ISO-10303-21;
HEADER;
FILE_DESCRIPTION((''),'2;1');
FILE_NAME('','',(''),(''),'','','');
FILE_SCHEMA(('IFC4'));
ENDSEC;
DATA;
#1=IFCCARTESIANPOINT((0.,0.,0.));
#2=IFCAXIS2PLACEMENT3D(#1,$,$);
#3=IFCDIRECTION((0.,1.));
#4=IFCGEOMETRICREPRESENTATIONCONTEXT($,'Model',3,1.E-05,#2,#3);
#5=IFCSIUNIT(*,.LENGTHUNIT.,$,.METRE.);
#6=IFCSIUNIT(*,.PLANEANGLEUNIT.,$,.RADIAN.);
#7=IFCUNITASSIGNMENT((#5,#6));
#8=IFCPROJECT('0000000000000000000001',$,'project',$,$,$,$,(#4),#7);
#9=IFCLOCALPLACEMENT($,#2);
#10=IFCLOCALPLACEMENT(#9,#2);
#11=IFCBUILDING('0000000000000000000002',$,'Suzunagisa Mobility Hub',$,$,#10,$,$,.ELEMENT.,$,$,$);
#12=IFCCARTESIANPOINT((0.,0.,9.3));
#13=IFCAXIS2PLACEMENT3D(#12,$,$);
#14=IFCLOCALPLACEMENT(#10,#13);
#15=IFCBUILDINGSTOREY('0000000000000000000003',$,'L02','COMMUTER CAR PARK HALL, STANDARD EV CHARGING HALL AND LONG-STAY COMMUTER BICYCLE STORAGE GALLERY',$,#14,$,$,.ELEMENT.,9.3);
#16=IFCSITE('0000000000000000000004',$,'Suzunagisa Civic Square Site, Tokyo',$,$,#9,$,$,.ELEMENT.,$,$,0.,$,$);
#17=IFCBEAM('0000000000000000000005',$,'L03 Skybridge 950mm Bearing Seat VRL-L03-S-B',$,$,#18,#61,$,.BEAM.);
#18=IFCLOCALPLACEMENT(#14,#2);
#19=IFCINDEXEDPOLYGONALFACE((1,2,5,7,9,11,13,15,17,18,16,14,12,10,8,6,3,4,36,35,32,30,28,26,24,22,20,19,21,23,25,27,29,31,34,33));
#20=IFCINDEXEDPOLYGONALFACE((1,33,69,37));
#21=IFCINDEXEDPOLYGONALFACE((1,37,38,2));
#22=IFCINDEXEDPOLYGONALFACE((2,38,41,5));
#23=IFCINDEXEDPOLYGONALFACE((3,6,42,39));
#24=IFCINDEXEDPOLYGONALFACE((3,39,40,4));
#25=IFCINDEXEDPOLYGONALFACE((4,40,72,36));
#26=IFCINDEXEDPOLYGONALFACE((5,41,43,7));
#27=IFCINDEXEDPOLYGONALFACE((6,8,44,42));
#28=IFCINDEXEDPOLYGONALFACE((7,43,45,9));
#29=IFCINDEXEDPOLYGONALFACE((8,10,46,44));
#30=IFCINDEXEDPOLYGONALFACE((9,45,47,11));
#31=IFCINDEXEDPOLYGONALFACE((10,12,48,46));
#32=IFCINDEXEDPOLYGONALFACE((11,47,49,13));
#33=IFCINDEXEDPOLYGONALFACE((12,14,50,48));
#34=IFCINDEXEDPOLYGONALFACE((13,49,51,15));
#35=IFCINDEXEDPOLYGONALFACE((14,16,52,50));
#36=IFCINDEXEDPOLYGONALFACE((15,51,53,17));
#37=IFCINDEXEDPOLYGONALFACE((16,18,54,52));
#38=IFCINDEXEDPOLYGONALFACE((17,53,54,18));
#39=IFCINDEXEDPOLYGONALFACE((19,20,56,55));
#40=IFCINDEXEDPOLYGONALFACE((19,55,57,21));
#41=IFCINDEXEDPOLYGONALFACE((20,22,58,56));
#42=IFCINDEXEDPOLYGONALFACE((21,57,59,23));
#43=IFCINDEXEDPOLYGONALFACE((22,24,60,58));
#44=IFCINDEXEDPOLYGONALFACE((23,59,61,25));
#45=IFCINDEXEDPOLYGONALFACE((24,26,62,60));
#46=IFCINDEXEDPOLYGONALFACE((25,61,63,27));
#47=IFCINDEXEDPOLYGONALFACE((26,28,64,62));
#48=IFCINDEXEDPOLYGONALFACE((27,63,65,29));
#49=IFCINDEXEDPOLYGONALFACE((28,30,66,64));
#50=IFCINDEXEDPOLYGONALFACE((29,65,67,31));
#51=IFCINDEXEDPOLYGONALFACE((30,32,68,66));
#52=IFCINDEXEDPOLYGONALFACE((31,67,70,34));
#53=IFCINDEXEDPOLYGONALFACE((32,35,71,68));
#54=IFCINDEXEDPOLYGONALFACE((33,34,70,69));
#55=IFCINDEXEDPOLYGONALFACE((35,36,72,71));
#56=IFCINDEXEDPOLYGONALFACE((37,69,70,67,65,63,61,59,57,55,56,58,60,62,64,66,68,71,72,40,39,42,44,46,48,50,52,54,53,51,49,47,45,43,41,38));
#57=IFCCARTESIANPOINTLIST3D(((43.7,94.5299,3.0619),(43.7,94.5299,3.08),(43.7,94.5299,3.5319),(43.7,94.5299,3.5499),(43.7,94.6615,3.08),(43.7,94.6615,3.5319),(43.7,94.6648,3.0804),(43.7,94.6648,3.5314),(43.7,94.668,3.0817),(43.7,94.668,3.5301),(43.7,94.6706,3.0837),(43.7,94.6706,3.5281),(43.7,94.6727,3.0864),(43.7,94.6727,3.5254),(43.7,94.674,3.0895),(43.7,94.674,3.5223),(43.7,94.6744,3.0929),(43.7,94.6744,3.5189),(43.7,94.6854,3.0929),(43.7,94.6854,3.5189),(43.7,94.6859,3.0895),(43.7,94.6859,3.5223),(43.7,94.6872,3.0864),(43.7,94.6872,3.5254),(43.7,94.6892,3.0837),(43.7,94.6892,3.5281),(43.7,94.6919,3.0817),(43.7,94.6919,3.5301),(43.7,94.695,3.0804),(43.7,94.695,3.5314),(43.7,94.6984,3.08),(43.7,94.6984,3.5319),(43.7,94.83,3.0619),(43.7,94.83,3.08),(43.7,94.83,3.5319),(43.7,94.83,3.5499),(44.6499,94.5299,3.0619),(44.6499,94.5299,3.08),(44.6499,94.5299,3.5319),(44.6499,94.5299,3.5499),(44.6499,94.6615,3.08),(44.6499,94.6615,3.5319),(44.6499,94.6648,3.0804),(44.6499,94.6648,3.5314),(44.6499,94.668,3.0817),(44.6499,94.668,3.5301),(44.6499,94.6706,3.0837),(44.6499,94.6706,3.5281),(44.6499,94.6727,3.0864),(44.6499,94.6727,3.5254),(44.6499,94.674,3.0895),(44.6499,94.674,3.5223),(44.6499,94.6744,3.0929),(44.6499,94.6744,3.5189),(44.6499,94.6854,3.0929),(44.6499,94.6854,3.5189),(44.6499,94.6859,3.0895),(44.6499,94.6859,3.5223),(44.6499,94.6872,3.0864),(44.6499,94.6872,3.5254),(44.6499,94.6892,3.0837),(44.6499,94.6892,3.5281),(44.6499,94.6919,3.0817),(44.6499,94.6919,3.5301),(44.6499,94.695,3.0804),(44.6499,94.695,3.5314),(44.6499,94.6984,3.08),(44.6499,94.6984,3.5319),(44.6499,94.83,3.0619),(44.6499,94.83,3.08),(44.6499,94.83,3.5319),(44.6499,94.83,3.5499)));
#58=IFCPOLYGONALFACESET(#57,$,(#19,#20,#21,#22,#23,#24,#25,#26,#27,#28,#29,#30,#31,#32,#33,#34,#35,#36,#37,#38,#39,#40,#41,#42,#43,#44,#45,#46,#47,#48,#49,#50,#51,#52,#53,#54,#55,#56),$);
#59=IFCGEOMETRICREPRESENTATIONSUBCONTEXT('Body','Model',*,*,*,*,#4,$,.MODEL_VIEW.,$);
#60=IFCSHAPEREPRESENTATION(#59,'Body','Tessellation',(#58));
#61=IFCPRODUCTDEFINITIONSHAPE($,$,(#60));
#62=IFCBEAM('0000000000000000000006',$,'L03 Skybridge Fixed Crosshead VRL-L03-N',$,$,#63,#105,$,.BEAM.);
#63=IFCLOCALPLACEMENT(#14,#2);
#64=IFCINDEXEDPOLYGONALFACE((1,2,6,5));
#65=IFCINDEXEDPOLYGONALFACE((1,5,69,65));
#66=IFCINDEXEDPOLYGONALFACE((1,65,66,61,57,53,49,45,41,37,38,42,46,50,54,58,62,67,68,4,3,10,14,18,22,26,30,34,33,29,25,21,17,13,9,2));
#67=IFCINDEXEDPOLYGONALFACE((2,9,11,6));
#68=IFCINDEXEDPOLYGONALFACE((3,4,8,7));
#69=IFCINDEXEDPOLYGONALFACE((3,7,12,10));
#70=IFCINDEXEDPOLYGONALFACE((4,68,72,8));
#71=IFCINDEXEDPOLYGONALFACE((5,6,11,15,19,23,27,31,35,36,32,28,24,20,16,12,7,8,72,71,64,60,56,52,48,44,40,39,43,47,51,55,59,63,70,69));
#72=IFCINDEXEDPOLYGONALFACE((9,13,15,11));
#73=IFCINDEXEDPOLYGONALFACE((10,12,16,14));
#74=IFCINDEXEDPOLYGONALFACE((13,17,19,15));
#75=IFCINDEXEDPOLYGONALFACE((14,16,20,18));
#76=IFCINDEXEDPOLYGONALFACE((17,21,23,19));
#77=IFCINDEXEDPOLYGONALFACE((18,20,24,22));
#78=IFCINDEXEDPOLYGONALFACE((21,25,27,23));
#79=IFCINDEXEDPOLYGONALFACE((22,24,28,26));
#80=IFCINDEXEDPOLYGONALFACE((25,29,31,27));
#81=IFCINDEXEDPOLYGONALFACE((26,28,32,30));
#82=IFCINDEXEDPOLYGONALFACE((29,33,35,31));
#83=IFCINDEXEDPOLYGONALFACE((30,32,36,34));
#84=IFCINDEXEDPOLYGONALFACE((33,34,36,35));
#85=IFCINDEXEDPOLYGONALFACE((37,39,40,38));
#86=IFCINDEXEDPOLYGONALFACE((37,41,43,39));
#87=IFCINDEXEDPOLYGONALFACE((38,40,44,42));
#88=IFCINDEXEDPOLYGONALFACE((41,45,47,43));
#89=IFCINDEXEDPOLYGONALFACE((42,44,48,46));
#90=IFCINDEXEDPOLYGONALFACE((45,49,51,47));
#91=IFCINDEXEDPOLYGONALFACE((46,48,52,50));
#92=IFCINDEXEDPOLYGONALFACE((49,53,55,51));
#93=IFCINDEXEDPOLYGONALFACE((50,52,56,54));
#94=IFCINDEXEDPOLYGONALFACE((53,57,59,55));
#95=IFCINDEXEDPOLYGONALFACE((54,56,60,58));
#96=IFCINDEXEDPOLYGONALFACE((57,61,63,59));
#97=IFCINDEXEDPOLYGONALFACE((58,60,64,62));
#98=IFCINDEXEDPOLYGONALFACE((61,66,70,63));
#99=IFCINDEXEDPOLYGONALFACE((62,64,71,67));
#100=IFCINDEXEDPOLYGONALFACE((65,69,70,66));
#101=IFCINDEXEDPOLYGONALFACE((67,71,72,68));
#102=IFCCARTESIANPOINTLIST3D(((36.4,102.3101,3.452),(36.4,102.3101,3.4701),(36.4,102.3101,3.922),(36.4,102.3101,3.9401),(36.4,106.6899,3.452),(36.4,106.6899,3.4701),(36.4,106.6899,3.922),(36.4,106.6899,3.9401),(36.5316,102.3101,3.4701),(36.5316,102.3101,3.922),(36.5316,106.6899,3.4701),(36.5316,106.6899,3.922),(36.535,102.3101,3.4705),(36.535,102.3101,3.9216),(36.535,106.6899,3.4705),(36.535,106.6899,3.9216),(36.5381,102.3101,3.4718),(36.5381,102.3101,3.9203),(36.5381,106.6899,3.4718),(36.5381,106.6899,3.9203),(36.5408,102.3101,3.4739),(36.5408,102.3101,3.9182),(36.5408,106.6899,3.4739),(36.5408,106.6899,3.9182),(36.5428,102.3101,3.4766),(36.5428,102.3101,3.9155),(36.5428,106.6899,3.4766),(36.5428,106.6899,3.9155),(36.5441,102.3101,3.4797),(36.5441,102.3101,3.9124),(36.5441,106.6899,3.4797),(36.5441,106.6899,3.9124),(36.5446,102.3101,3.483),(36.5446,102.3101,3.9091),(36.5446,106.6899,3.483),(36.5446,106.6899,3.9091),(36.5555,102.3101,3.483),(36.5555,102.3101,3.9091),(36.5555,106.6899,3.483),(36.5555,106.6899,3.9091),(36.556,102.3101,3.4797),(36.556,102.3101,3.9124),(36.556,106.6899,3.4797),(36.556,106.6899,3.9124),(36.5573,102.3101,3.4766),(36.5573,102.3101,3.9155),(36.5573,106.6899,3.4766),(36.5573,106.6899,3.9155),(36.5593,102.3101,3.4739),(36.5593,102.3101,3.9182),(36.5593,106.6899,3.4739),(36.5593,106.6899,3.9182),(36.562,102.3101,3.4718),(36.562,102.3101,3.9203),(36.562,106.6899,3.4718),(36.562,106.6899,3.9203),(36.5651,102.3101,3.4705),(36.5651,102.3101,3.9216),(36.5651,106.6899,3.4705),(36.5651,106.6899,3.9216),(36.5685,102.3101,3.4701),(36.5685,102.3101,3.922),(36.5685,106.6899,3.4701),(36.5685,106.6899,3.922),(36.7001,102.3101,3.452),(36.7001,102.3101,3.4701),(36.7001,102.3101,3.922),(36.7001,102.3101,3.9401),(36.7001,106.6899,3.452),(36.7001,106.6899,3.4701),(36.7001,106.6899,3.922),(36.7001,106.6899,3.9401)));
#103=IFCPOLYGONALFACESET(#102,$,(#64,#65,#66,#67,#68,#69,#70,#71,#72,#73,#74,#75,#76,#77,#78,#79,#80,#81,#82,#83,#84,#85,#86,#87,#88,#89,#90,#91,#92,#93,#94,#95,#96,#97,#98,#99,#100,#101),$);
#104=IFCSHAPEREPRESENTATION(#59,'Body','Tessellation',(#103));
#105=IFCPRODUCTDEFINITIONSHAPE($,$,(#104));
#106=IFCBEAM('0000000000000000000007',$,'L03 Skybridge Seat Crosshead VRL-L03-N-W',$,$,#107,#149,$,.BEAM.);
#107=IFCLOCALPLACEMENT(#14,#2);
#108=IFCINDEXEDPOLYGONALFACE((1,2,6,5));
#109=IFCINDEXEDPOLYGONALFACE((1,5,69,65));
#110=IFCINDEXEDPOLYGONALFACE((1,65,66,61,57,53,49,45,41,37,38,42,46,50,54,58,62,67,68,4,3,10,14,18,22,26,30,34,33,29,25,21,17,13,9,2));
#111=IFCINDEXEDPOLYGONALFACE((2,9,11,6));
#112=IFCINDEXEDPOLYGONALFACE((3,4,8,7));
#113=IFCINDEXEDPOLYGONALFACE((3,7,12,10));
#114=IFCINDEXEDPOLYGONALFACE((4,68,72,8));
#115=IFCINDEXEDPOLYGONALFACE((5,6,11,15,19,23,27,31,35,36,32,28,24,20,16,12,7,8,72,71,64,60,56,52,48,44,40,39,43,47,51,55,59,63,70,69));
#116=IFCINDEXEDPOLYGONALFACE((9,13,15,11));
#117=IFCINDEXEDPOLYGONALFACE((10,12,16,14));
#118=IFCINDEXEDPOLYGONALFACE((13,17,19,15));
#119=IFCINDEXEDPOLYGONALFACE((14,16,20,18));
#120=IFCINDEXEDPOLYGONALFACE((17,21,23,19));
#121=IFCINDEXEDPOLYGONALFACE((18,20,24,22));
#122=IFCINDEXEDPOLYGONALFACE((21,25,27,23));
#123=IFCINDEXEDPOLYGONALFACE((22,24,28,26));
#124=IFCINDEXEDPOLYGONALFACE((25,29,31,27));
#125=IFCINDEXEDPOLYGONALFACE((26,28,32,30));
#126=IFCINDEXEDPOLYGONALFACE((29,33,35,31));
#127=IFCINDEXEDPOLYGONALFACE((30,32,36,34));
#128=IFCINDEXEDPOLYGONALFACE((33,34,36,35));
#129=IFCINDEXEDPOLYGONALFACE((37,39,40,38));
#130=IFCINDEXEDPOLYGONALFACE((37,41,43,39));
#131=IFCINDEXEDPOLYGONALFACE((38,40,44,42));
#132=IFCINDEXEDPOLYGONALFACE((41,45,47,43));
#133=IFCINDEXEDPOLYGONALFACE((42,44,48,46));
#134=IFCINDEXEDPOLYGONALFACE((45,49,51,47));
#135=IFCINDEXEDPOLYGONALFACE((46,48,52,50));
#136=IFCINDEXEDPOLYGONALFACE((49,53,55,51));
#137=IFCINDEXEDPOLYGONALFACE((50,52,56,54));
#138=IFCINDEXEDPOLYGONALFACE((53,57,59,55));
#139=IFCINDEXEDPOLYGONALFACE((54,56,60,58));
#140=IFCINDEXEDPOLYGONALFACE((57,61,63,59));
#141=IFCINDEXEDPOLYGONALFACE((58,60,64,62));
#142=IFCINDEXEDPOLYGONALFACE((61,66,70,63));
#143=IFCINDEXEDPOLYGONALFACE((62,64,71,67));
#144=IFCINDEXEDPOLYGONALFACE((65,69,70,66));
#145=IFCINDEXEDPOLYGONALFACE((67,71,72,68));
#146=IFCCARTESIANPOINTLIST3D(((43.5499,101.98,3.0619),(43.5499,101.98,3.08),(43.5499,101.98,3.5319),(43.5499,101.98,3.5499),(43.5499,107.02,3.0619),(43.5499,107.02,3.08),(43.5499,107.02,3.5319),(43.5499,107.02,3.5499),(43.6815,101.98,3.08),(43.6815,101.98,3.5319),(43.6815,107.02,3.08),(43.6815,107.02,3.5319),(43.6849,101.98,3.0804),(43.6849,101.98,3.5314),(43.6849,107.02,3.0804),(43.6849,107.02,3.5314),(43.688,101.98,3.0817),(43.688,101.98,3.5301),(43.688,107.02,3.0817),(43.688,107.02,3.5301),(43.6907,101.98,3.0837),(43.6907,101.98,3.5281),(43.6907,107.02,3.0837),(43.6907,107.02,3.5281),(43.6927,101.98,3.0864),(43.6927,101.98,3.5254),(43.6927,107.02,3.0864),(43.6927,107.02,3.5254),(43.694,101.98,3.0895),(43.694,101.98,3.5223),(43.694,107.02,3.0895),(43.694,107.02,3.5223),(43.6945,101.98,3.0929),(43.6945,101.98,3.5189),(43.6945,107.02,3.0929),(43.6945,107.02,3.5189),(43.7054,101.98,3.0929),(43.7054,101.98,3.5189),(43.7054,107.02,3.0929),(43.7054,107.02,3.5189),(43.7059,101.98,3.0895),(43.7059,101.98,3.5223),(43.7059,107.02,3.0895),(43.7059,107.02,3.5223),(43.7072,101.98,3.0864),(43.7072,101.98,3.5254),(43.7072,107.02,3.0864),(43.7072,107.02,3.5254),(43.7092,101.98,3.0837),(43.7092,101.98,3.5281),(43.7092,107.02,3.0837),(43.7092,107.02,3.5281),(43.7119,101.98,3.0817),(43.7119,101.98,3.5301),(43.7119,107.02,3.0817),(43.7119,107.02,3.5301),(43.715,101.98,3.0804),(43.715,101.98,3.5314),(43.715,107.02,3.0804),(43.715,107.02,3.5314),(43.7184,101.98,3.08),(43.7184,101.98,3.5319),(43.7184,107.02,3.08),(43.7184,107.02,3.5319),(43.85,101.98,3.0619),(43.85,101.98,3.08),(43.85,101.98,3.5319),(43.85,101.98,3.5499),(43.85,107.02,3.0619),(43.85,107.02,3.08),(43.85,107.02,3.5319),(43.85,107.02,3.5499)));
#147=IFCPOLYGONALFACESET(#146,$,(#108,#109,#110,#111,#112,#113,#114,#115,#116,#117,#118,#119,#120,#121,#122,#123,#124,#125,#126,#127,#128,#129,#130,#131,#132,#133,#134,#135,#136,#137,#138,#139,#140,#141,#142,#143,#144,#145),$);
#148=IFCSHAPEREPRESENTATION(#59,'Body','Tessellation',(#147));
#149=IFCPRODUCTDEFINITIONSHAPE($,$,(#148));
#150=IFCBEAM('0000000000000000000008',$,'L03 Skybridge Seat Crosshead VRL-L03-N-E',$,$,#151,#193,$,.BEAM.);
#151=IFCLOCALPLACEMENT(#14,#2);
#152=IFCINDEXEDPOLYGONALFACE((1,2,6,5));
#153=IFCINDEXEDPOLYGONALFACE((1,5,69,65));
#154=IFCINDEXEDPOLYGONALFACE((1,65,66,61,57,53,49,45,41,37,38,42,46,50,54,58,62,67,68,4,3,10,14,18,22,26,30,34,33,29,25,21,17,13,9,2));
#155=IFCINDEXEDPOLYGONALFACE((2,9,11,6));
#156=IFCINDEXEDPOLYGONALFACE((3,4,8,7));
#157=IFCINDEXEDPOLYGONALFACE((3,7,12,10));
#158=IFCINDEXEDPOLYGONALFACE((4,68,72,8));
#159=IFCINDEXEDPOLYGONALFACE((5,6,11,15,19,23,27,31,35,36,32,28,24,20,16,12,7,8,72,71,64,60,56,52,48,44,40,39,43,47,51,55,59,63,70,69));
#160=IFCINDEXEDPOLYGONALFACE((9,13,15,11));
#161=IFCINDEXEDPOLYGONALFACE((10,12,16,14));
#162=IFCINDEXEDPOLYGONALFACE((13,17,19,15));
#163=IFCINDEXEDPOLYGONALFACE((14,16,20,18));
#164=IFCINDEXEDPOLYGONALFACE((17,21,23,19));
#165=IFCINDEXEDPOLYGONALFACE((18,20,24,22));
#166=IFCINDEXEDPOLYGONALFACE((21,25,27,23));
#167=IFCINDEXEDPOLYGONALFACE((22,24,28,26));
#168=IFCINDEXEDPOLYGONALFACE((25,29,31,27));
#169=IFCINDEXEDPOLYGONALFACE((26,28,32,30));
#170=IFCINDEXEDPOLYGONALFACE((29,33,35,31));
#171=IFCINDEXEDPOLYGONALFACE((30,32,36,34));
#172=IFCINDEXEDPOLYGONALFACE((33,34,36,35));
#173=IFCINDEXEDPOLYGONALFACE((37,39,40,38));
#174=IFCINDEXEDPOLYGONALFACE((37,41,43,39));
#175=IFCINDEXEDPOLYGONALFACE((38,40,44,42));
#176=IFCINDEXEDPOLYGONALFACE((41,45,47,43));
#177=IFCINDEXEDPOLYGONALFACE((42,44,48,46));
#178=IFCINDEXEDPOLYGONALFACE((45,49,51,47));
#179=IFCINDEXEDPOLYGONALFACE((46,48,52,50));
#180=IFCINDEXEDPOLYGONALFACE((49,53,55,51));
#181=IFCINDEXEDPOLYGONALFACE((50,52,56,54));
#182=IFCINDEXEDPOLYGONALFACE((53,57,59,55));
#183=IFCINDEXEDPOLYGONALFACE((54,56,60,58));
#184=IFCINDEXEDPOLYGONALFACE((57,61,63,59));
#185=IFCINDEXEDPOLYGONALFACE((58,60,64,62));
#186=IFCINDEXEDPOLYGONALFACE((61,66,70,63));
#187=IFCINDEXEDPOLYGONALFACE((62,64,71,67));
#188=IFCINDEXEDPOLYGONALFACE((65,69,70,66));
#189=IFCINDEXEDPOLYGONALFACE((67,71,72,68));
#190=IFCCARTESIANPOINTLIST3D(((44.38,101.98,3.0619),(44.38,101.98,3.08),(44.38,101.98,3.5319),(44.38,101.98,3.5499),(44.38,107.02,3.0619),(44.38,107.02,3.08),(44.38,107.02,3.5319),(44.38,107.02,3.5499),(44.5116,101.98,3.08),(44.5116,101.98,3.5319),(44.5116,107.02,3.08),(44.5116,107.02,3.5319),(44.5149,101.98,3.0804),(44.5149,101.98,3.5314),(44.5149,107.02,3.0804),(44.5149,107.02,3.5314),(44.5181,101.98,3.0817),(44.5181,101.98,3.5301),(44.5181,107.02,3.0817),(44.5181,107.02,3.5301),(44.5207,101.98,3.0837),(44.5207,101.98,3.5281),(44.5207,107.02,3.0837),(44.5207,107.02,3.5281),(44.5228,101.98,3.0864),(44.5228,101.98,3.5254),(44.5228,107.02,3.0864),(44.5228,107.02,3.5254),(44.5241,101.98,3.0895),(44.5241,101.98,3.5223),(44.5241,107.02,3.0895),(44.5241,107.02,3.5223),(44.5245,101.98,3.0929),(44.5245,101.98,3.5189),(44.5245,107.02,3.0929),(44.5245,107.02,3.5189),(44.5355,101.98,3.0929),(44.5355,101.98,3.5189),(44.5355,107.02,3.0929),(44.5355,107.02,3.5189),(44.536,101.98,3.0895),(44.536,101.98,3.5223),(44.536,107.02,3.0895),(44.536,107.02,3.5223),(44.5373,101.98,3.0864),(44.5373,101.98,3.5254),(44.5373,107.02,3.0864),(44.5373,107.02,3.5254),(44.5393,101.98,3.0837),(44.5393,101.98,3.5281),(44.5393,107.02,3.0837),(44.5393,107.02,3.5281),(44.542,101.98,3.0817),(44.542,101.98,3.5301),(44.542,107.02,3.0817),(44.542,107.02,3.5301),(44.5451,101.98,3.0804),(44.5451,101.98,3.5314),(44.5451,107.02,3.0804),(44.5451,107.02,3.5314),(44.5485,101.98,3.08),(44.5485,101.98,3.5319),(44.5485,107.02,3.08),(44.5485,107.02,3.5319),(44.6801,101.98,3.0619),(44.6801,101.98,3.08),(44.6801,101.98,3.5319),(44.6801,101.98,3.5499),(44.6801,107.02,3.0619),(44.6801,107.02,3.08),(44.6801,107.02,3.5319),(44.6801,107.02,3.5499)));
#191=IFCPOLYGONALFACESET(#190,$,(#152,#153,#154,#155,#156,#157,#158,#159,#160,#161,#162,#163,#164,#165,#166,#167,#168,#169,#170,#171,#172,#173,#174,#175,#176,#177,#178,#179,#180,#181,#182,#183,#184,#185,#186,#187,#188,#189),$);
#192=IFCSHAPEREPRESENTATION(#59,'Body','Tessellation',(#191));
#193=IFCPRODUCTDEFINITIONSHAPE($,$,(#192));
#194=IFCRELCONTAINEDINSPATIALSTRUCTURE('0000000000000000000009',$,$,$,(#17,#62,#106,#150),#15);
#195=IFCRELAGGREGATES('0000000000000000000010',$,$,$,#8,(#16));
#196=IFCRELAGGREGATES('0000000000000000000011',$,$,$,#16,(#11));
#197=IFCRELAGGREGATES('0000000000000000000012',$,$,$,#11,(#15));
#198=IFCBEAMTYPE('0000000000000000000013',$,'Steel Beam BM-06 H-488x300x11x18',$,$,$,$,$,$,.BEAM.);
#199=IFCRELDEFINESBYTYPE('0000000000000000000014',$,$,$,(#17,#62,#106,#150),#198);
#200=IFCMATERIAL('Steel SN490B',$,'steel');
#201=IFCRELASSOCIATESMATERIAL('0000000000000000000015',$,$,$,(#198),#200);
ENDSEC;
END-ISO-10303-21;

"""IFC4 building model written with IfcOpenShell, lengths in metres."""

from ifc_helpers import new_model, si_unit, direction, frame, origin, origin_2d, place, context, subcontext, project, spatial, i_section, extrude, material, material_profile, profile_set, type_object, element, save


model = new_model("IFC4")

# Units and contexts
model_context = context("Model", 3, precision=1e-05, world=origin(), true_north=direction((0.0, 1.0)))
body_context = subcontext(model_context, "Body", "Model", "MODEL_VIEW")
ifc_project = project(units=[si_unit("LENGTHUNIT", "METRE"), si_unit("PLANEANGLEUNIT", "RADIAN")], contexts=[model_context])

# Site, building, storey
site_placement = place(None, origin())
site = spatial("IfcSite", under=ifc_project, at=site_placement, Name="Suzunagisa Civic Square Site, Tokyo", CompositionType="ELEMENT", RefElevation=0.0)
building_placement = place(site_placement, origin())
building = spatial("IfcBuilding", under=site, at=building_placement, Name="Suzunagisa Mobility Hub", CompositionType="ELEMENT")
storey_placement = place(building_placement, frame((0.0, 0.0, 9.3)))
storey = spatial("IfcBuildingStorey", under=building, at=storey_placement, Name="L02", Description="COMMUTER CAR PARK HALL, STANDARD EV CHARGING HALL AND LONG-STAY COMMUTER BICYCLE STORAGE GALLERY", CompositionType="ELEMENT", Elevation=9.3)

# Shared definitions
ifc_material_1 = material(Name="Steel SN490B", Category="steel")

# Beams
ifc_material_profile_1 = material_profile(ifc_material_1, i_section(OverallWidth=0.3, OverallDepth=0.488, WebThickness=0.011, FlangeThickness=0.0181, FilletRadius=0.0129, at=origin_2d()), Name="H-488x300x11x18")
ifc_profile_set_1 = profile_set([ifc_material_profile_1], Name="Steel SN490B")
beam_type_1 = type_object("IfcBeamType", Name="Steel Beam BM-06 H-488x300x11x18", PredefinedType="BEAM", material=ifc_profile_set_1)
for number, where, z_axis, x_axis, name in (
    (1, (43.7, 94.6799, 3.3059), (1.0, 0.0, 0.0), (0.0, 1.0, 0.0), "L03 Skybridge 950mm Bearing Seat VRL-L03-S-B"),
):
    element("IfcBeam", number, at=place(storey_placement, frame(where, z_axis=z_axis, x_axis=x_axis)), inside=storey, type_object=beam_type_1, Name=name, PredefinedType="BEAM", context=body_context, shape_type="SweptSolid", body=[
        extrude(i_section(OverallWidth=0.3, OverallDepth=0.488, WebThickness=0.011, FlangeThickness=0.0181, FilletRadius=0.0129, at=origin_2d()), origin(), (0.0, 0.0, 1.0), 0.95),
    ])
beam_1_placement = place(storey_placement, frame((36.55, 102.3101, 3.696), z_axis=(0.0, 1.0, 0.0), x_axis=(-1.0, 0.0, 0.0)))
element("IfcBeam", 2, at=beam_1_placement, inside=storey, type_object=beam_type_1, Name="L03 Skybridge Fixed Crosshead VRL-L03-N", PredefinedType="BEAM", context=body_context, shape_type="SweptSolid", body=[
    extrude(i_section(OverallWidth=0.3, OverallDepth=0.488, WebThickness=0.011, FlangeThickness=0.0181, FilletRadius=0.0129, at=origin_2d()), origin(), (0.0, 0.0, 1.0), 4.3799),
])
for number, where, z_axis, x_axis, name in (
    (3, (43.7, 101.98, 3.3059), (0.0, 1.0, 0.0), (-1.0, 0.0, 0.0), "L03 Skybridge Seat Crosshead VRL-L03-N-W"),
    (4, (44.53, 101.98, 3.3059), (0.0, 1.0, 0.0), (-1.0, 0.0, 0.0), "L03 Skybridge Seat Crosshead VRL-L03-N-E"),
):
    element("IfcBeam", number, at=place(storey_placement, frame(where, z_axis=z_axis, x_axis=x_axis)), inside=storey, type_object=beam_type_1, Name=name, PredefinedType="BEAM", context=body_context, shape_type="SweptSolid", body=[
        extrude(i_section(OverallWidth=0.3, OverallDepth=0.488, WebThickness=0.011, FlangeThickness=0.0181, FilletRadius=0.0129, at=origin_2d()), origin(), (0.0, 0.0, 1.0), 5.04),
    ])

save(model, "model.ifc")
